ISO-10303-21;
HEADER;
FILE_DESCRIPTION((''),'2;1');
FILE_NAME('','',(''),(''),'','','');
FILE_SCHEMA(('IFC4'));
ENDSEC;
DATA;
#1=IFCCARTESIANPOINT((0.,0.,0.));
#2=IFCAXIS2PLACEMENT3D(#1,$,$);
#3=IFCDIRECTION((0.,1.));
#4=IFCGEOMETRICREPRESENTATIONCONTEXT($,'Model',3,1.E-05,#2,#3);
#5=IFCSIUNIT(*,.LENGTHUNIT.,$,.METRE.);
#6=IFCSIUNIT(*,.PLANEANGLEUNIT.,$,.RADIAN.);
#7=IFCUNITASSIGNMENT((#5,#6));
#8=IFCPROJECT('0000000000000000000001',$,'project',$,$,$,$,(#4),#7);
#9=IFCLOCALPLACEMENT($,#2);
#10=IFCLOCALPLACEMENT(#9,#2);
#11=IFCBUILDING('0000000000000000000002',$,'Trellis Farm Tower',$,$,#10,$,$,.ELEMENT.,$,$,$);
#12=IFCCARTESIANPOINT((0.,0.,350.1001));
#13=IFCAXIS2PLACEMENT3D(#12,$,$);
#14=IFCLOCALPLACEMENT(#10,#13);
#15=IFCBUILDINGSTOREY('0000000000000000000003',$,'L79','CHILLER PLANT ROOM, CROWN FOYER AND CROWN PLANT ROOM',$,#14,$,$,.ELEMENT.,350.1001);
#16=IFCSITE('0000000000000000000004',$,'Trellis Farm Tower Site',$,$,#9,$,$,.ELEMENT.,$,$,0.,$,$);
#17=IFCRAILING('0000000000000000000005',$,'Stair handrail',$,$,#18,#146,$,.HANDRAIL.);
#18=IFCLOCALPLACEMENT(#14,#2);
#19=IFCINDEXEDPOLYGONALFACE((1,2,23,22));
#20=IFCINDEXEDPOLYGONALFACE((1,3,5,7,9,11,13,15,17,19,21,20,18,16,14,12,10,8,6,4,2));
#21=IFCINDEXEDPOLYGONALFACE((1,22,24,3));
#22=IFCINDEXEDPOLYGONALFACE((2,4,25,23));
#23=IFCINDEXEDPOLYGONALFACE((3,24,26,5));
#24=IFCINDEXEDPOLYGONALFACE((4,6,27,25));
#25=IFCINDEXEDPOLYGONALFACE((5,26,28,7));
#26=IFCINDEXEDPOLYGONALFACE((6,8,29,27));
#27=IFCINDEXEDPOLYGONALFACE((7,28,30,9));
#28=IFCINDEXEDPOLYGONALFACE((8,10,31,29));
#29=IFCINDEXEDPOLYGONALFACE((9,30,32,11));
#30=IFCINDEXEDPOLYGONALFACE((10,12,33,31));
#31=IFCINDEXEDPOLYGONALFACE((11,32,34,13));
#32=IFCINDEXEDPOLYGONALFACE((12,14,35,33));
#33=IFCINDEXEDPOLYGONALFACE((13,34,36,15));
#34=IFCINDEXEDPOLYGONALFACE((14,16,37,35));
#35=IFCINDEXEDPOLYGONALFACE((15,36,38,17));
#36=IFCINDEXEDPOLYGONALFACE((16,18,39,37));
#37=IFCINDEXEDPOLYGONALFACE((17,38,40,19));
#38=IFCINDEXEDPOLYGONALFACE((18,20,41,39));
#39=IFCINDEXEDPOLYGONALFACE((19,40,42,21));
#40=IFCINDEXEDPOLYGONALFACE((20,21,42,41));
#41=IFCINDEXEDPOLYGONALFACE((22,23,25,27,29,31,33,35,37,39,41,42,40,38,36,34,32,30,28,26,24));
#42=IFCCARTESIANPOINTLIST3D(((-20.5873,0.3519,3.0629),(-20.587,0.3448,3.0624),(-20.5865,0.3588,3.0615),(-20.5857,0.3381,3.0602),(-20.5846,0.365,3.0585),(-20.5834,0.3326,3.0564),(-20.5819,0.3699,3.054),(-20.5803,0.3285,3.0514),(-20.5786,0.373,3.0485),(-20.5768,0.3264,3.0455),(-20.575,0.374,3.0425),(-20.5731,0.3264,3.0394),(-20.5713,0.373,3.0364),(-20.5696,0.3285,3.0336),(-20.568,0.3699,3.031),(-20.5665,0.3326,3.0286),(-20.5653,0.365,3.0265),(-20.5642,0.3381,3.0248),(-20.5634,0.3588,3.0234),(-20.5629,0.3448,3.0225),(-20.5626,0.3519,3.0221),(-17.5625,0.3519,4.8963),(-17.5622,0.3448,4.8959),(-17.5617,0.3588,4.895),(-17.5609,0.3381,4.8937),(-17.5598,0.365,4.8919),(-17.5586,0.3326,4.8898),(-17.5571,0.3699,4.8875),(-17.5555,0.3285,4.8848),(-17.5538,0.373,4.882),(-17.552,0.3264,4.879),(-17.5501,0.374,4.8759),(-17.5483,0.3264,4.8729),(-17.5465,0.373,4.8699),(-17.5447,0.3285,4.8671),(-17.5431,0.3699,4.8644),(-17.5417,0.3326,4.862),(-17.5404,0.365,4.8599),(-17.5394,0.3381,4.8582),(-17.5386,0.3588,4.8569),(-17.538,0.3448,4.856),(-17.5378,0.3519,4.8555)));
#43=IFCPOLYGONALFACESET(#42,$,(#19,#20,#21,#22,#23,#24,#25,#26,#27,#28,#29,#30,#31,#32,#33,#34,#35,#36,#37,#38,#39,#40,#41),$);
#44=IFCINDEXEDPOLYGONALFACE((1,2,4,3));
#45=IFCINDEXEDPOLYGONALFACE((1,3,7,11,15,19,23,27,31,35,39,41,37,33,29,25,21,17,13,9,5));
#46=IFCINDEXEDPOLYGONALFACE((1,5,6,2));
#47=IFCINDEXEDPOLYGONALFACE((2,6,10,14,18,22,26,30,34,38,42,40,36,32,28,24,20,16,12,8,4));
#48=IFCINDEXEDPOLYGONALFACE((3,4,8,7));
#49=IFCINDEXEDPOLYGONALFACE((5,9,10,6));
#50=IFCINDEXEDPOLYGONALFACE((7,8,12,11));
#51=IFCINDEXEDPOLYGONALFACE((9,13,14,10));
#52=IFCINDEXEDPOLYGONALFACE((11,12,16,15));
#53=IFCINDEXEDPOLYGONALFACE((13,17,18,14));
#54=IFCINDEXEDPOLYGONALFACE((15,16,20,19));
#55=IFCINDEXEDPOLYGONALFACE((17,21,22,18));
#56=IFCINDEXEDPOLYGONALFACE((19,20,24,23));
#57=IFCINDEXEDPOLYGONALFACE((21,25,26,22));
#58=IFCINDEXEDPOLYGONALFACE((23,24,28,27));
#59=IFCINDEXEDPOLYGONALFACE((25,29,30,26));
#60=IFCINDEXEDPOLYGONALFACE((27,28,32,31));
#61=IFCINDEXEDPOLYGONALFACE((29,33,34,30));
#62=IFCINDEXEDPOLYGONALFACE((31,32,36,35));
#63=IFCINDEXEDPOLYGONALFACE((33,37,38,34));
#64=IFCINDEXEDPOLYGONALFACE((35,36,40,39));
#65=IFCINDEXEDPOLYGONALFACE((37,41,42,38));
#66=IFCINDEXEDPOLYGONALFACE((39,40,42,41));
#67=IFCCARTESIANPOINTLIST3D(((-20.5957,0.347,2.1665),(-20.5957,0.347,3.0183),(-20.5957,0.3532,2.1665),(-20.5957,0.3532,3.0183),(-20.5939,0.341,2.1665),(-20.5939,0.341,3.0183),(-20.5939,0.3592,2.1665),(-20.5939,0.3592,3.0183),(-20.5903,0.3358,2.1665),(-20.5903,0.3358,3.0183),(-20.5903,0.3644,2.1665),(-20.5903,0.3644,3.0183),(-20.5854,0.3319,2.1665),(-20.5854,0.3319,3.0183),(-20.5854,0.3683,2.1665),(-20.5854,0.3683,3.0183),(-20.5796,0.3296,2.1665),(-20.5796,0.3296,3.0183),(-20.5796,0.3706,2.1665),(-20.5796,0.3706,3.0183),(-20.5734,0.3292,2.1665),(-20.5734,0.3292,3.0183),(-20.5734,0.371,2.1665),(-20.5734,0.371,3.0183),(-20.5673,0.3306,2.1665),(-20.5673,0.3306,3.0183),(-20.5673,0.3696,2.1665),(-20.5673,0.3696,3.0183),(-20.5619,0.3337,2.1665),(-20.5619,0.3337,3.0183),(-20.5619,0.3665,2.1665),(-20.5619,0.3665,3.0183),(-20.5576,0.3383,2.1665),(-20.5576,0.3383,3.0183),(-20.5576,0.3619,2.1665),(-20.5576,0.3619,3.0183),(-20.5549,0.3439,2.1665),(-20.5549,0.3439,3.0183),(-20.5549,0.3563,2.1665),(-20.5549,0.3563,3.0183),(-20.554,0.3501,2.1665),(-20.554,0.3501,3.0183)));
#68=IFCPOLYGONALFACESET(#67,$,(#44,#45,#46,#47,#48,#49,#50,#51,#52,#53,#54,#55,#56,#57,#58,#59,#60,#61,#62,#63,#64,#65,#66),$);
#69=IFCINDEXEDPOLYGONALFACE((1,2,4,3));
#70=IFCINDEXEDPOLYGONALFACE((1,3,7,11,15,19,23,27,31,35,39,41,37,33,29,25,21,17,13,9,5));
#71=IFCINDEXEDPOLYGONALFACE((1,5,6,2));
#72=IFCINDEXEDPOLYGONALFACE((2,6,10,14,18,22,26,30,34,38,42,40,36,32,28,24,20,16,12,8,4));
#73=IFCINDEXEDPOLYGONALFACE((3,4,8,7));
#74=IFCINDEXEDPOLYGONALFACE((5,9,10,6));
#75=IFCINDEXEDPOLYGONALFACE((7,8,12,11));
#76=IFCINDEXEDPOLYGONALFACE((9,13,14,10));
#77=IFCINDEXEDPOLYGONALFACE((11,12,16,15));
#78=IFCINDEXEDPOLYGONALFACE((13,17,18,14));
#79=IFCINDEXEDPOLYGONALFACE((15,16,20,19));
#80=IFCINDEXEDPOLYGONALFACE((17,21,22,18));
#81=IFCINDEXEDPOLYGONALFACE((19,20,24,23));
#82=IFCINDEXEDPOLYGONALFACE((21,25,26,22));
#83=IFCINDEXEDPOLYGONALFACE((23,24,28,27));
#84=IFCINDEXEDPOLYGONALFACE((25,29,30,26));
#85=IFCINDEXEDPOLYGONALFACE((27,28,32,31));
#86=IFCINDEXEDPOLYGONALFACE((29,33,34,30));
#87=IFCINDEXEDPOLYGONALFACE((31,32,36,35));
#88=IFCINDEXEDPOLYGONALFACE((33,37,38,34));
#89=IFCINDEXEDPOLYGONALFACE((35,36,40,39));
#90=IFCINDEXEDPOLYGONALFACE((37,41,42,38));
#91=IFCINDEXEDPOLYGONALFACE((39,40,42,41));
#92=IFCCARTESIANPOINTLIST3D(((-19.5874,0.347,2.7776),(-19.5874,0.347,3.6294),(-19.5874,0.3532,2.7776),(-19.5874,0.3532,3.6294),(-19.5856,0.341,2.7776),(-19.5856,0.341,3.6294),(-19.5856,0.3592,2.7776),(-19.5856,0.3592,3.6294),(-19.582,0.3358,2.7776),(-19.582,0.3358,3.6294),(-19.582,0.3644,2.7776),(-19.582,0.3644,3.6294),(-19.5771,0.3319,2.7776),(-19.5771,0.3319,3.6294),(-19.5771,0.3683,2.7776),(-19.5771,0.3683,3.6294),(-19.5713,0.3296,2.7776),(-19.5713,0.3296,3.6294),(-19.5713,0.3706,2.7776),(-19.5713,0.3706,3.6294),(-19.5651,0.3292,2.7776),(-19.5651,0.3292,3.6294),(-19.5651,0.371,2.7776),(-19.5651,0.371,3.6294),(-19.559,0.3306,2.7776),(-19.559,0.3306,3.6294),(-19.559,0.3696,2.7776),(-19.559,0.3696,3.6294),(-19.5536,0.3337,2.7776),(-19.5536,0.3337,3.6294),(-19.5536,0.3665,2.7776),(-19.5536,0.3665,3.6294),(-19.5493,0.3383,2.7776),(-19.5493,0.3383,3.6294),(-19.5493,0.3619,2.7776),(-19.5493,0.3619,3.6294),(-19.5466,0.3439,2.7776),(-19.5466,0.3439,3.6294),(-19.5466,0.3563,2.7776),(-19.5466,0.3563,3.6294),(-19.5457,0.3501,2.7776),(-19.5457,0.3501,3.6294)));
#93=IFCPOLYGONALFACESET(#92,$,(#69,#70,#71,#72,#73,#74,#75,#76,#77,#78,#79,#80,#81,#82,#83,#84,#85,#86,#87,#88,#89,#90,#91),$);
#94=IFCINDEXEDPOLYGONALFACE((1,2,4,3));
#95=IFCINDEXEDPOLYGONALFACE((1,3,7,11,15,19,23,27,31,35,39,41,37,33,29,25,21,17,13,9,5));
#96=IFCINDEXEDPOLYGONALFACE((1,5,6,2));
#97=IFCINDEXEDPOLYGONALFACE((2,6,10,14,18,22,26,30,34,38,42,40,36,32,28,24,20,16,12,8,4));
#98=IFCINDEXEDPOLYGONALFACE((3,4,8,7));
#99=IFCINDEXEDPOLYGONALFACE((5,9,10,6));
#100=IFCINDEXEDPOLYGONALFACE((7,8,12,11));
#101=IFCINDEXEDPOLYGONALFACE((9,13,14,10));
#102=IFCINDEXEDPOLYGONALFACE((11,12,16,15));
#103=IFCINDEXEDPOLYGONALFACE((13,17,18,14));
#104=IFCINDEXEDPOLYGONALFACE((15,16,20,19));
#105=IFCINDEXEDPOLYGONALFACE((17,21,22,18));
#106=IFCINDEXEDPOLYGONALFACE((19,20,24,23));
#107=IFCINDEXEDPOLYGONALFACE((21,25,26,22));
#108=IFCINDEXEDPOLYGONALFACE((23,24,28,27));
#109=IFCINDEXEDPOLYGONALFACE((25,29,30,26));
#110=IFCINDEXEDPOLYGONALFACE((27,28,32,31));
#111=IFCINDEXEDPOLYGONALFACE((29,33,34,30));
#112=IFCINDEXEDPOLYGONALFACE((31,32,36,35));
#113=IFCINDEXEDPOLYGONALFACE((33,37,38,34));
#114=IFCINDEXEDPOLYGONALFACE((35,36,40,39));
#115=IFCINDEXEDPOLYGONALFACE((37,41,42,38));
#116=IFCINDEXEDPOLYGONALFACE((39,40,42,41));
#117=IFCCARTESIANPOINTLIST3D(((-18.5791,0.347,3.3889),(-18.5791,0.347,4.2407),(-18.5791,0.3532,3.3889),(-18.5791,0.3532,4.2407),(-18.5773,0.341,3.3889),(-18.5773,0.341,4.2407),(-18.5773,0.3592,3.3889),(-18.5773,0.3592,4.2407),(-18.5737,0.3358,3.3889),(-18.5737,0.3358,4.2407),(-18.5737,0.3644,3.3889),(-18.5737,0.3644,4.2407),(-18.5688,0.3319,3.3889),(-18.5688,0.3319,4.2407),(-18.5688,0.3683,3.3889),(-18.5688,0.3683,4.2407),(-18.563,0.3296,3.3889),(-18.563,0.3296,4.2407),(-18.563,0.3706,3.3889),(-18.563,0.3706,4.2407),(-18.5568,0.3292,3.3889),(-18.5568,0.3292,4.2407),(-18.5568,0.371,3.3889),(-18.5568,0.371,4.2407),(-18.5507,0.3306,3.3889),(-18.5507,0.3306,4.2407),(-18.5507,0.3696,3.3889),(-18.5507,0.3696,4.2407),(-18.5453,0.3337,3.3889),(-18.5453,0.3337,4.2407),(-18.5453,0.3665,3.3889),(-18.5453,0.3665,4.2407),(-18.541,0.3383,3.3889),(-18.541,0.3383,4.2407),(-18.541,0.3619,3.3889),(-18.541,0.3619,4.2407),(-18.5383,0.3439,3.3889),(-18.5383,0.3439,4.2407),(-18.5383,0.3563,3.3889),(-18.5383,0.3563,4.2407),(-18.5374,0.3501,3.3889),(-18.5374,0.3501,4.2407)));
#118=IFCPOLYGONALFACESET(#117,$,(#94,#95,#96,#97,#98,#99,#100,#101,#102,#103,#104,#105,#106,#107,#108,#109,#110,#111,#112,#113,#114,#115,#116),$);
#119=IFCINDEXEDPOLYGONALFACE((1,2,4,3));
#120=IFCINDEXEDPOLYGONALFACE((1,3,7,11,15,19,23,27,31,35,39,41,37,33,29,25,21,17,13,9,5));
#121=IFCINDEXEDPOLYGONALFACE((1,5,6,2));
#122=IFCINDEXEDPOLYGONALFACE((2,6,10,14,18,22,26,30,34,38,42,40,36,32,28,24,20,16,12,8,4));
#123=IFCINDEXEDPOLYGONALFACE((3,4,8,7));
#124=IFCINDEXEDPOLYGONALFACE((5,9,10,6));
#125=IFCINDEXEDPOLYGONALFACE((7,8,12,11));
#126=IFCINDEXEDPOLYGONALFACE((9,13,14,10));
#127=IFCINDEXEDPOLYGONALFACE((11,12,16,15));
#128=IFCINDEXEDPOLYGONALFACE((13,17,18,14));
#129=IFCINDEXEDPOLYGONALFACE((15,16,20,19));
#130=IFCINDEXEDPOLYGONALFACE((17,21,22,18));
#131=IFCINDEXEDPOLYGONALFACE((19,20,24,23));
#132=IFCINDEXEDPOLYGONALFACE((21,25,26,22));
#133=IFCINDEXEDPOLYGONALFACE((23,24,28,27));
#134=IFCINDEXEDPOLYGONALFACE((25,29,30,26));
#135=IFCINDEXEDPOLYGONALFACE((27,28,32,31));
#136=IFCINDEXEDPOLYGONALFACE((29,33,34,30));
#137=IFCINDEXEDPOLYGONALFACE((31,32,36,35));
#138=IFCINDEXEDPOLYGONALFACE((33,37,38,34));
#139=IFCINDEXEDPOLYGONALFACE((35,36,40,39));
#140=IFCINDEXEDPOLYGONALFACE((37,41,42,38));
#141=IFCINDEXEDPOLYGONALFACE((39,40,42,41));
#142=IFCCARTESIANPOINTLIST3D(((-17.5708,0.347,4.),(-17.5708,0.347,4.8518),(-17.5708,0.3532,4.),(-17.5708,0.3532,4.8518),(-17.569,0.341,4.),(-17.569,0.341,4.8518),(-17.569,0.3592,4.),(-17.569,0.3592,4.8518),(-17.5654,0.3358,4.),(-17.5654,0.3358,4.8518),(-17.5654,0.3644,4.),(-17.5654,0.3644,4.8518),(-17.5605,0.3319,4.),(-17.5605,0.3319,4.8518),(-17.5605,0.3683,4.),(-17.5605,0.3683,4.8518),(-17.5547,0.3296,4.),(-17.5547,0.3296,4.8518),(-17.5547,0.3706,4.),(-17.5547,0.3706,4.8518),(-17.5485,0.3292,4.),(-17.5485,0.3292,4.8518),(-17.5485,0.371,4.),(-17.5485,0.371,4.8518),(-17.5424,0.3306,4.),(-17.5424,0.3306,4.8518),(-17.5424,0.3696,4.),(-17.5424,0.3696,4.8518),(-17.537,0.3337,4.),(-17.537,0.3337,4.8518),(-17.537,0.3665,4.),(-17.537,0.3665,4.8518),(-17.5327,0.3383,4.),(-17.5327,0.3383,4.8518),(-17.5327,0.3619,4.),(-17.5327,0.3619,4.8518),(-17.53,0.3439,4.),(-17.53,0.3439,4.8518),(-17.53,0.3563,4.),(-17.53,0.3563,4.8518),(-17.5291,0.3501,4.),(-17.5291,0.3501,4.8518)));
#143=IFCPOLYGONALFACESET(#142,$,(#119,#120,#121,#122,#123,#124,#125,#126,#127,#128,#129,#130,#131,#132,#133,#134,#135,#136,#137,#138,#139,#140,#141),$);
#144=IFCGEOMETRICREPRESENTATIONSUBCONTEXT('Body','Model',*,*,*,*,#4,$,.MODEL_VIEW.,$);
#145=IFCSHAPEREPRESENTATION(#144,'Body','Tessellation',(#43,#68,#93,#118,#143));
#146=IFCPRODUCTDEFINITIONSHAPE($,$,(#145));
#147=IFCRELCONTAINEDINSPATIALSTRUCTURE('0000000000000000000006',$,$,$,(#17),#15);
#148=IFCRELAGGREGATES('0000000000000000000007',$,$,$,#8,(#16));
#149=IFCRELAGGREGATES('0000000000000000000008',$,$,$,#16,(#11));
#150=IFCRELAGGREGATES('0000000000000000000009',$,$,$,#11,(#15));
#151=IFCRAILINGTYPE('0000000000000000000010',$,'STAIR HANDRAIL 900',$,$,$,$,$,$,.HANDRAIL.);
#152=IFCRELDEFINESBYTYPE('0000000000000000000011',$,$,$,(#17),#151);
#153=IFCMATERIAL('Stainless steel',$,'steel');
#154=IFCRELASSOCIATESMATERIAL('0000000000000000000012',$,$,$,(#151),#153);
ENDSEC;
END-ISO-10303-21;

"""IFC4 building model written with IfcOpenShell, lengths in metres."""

from ifc_helpers import new_model, si_unit, direction, frame, origin, origin_2d, place, context, subcontext, project, spatial, circle, extrude, source, transform, mapped, material, type_object, element, save


model = new_model("IFC4")

# Units and contexts
model_context = context("Model", 3, precision=1e-05, world=origin(), true_north=direction((0.0, 1.0)))
body_context = subcontext(model_context, "Body", "Model", "MODEL_VIEW")
ifc_project = project(units=[si_unit("LENGTHUNIT", "METRE"), si_unit("PLANEANGLEUNIT", "RADIAN")], contexts=[model_context])

# Site, building, storey
site_placement = place(None, origin())
site = spatial("IfcSite", under=ifc_project, at=site_placement, Name="Trellis Farm Tower Site", CompositionType="ELEMENT", RefElevation=0.0)
building_placement = place(site_placement, origin())
building = spatial("IfcBuilding", under=site, at=building_placement, Name="Trellis Farm Tower", CompositionType="ELEMENT")
storey_placement = place(building_placement, frame((0.0, 0.0, 350.1001)))
storey = spatial("IfcBuildingStorey", under=building, at=storey_placement, Name="L79", Description="CHILLER PLANT ROOM, CROWN FOYER AND CROWN PLANT ROOM", CompositionType="ELEMENT", Elevation=350.1001)

# Railing
ifc_material_1 = material(Name="Stainless steel", Category="steel")
railing_type = type_object("IfcRailingType", Name="STAIR HANDRAIL 900", PredefinedType="HANDRAIL", material=ifc_material_1)
shared_shape_1 = source(origin(), body_context, "Body", "SweptSolid", [
    extrude(circle(Radius=0.0239, at=origin_2d()), frame((0.0, 0.0, 0.876), z_axis=(0.85517, 0.0, 0.518348), x_axis=(0.0, 1.0, 0.0)), (0.0, 0.0, 1.0), 3.5371),
    extrude(circle(Radius=0.021, at=origin_2d()), origin(), (0.0, 0.0, 1.0), 0.8518),
    extrude(circle(Radius=0.021, at=origin_2d()), frame((1.0083, 0.0, 0.6111)), (0.0, 0.0, 1.0), 0.8518),
    extrude(circle(Radius=0.021, at=origin_2d()), frame((2.0166, 0.0, 1.2224)), (0.0, 0.0, 1.0), 0.8518),
    extrude(circle(Radius=0.021, at=origin_2d()), frame((3.0249, 0.0, 1.8335)), (0.0, 0.0, 1.0), 0.8518),
])
for number, where, name in (
    (1, (-20.575, 0.3501, 2.1665), "Stair handrail"),
):
    element("IfcRailing", number, at=place(storey_placement, frame(where)), inside=storey, type_object=railing_type, Name=name, PredefinedType="HANDRAIL", context=body_context, shape_type="MappedRepresentation", body=[
        mapped(shared_shape_1, transform((0.0, 0.0, 0.0))),
    ])

save(model, "model.ifc")
